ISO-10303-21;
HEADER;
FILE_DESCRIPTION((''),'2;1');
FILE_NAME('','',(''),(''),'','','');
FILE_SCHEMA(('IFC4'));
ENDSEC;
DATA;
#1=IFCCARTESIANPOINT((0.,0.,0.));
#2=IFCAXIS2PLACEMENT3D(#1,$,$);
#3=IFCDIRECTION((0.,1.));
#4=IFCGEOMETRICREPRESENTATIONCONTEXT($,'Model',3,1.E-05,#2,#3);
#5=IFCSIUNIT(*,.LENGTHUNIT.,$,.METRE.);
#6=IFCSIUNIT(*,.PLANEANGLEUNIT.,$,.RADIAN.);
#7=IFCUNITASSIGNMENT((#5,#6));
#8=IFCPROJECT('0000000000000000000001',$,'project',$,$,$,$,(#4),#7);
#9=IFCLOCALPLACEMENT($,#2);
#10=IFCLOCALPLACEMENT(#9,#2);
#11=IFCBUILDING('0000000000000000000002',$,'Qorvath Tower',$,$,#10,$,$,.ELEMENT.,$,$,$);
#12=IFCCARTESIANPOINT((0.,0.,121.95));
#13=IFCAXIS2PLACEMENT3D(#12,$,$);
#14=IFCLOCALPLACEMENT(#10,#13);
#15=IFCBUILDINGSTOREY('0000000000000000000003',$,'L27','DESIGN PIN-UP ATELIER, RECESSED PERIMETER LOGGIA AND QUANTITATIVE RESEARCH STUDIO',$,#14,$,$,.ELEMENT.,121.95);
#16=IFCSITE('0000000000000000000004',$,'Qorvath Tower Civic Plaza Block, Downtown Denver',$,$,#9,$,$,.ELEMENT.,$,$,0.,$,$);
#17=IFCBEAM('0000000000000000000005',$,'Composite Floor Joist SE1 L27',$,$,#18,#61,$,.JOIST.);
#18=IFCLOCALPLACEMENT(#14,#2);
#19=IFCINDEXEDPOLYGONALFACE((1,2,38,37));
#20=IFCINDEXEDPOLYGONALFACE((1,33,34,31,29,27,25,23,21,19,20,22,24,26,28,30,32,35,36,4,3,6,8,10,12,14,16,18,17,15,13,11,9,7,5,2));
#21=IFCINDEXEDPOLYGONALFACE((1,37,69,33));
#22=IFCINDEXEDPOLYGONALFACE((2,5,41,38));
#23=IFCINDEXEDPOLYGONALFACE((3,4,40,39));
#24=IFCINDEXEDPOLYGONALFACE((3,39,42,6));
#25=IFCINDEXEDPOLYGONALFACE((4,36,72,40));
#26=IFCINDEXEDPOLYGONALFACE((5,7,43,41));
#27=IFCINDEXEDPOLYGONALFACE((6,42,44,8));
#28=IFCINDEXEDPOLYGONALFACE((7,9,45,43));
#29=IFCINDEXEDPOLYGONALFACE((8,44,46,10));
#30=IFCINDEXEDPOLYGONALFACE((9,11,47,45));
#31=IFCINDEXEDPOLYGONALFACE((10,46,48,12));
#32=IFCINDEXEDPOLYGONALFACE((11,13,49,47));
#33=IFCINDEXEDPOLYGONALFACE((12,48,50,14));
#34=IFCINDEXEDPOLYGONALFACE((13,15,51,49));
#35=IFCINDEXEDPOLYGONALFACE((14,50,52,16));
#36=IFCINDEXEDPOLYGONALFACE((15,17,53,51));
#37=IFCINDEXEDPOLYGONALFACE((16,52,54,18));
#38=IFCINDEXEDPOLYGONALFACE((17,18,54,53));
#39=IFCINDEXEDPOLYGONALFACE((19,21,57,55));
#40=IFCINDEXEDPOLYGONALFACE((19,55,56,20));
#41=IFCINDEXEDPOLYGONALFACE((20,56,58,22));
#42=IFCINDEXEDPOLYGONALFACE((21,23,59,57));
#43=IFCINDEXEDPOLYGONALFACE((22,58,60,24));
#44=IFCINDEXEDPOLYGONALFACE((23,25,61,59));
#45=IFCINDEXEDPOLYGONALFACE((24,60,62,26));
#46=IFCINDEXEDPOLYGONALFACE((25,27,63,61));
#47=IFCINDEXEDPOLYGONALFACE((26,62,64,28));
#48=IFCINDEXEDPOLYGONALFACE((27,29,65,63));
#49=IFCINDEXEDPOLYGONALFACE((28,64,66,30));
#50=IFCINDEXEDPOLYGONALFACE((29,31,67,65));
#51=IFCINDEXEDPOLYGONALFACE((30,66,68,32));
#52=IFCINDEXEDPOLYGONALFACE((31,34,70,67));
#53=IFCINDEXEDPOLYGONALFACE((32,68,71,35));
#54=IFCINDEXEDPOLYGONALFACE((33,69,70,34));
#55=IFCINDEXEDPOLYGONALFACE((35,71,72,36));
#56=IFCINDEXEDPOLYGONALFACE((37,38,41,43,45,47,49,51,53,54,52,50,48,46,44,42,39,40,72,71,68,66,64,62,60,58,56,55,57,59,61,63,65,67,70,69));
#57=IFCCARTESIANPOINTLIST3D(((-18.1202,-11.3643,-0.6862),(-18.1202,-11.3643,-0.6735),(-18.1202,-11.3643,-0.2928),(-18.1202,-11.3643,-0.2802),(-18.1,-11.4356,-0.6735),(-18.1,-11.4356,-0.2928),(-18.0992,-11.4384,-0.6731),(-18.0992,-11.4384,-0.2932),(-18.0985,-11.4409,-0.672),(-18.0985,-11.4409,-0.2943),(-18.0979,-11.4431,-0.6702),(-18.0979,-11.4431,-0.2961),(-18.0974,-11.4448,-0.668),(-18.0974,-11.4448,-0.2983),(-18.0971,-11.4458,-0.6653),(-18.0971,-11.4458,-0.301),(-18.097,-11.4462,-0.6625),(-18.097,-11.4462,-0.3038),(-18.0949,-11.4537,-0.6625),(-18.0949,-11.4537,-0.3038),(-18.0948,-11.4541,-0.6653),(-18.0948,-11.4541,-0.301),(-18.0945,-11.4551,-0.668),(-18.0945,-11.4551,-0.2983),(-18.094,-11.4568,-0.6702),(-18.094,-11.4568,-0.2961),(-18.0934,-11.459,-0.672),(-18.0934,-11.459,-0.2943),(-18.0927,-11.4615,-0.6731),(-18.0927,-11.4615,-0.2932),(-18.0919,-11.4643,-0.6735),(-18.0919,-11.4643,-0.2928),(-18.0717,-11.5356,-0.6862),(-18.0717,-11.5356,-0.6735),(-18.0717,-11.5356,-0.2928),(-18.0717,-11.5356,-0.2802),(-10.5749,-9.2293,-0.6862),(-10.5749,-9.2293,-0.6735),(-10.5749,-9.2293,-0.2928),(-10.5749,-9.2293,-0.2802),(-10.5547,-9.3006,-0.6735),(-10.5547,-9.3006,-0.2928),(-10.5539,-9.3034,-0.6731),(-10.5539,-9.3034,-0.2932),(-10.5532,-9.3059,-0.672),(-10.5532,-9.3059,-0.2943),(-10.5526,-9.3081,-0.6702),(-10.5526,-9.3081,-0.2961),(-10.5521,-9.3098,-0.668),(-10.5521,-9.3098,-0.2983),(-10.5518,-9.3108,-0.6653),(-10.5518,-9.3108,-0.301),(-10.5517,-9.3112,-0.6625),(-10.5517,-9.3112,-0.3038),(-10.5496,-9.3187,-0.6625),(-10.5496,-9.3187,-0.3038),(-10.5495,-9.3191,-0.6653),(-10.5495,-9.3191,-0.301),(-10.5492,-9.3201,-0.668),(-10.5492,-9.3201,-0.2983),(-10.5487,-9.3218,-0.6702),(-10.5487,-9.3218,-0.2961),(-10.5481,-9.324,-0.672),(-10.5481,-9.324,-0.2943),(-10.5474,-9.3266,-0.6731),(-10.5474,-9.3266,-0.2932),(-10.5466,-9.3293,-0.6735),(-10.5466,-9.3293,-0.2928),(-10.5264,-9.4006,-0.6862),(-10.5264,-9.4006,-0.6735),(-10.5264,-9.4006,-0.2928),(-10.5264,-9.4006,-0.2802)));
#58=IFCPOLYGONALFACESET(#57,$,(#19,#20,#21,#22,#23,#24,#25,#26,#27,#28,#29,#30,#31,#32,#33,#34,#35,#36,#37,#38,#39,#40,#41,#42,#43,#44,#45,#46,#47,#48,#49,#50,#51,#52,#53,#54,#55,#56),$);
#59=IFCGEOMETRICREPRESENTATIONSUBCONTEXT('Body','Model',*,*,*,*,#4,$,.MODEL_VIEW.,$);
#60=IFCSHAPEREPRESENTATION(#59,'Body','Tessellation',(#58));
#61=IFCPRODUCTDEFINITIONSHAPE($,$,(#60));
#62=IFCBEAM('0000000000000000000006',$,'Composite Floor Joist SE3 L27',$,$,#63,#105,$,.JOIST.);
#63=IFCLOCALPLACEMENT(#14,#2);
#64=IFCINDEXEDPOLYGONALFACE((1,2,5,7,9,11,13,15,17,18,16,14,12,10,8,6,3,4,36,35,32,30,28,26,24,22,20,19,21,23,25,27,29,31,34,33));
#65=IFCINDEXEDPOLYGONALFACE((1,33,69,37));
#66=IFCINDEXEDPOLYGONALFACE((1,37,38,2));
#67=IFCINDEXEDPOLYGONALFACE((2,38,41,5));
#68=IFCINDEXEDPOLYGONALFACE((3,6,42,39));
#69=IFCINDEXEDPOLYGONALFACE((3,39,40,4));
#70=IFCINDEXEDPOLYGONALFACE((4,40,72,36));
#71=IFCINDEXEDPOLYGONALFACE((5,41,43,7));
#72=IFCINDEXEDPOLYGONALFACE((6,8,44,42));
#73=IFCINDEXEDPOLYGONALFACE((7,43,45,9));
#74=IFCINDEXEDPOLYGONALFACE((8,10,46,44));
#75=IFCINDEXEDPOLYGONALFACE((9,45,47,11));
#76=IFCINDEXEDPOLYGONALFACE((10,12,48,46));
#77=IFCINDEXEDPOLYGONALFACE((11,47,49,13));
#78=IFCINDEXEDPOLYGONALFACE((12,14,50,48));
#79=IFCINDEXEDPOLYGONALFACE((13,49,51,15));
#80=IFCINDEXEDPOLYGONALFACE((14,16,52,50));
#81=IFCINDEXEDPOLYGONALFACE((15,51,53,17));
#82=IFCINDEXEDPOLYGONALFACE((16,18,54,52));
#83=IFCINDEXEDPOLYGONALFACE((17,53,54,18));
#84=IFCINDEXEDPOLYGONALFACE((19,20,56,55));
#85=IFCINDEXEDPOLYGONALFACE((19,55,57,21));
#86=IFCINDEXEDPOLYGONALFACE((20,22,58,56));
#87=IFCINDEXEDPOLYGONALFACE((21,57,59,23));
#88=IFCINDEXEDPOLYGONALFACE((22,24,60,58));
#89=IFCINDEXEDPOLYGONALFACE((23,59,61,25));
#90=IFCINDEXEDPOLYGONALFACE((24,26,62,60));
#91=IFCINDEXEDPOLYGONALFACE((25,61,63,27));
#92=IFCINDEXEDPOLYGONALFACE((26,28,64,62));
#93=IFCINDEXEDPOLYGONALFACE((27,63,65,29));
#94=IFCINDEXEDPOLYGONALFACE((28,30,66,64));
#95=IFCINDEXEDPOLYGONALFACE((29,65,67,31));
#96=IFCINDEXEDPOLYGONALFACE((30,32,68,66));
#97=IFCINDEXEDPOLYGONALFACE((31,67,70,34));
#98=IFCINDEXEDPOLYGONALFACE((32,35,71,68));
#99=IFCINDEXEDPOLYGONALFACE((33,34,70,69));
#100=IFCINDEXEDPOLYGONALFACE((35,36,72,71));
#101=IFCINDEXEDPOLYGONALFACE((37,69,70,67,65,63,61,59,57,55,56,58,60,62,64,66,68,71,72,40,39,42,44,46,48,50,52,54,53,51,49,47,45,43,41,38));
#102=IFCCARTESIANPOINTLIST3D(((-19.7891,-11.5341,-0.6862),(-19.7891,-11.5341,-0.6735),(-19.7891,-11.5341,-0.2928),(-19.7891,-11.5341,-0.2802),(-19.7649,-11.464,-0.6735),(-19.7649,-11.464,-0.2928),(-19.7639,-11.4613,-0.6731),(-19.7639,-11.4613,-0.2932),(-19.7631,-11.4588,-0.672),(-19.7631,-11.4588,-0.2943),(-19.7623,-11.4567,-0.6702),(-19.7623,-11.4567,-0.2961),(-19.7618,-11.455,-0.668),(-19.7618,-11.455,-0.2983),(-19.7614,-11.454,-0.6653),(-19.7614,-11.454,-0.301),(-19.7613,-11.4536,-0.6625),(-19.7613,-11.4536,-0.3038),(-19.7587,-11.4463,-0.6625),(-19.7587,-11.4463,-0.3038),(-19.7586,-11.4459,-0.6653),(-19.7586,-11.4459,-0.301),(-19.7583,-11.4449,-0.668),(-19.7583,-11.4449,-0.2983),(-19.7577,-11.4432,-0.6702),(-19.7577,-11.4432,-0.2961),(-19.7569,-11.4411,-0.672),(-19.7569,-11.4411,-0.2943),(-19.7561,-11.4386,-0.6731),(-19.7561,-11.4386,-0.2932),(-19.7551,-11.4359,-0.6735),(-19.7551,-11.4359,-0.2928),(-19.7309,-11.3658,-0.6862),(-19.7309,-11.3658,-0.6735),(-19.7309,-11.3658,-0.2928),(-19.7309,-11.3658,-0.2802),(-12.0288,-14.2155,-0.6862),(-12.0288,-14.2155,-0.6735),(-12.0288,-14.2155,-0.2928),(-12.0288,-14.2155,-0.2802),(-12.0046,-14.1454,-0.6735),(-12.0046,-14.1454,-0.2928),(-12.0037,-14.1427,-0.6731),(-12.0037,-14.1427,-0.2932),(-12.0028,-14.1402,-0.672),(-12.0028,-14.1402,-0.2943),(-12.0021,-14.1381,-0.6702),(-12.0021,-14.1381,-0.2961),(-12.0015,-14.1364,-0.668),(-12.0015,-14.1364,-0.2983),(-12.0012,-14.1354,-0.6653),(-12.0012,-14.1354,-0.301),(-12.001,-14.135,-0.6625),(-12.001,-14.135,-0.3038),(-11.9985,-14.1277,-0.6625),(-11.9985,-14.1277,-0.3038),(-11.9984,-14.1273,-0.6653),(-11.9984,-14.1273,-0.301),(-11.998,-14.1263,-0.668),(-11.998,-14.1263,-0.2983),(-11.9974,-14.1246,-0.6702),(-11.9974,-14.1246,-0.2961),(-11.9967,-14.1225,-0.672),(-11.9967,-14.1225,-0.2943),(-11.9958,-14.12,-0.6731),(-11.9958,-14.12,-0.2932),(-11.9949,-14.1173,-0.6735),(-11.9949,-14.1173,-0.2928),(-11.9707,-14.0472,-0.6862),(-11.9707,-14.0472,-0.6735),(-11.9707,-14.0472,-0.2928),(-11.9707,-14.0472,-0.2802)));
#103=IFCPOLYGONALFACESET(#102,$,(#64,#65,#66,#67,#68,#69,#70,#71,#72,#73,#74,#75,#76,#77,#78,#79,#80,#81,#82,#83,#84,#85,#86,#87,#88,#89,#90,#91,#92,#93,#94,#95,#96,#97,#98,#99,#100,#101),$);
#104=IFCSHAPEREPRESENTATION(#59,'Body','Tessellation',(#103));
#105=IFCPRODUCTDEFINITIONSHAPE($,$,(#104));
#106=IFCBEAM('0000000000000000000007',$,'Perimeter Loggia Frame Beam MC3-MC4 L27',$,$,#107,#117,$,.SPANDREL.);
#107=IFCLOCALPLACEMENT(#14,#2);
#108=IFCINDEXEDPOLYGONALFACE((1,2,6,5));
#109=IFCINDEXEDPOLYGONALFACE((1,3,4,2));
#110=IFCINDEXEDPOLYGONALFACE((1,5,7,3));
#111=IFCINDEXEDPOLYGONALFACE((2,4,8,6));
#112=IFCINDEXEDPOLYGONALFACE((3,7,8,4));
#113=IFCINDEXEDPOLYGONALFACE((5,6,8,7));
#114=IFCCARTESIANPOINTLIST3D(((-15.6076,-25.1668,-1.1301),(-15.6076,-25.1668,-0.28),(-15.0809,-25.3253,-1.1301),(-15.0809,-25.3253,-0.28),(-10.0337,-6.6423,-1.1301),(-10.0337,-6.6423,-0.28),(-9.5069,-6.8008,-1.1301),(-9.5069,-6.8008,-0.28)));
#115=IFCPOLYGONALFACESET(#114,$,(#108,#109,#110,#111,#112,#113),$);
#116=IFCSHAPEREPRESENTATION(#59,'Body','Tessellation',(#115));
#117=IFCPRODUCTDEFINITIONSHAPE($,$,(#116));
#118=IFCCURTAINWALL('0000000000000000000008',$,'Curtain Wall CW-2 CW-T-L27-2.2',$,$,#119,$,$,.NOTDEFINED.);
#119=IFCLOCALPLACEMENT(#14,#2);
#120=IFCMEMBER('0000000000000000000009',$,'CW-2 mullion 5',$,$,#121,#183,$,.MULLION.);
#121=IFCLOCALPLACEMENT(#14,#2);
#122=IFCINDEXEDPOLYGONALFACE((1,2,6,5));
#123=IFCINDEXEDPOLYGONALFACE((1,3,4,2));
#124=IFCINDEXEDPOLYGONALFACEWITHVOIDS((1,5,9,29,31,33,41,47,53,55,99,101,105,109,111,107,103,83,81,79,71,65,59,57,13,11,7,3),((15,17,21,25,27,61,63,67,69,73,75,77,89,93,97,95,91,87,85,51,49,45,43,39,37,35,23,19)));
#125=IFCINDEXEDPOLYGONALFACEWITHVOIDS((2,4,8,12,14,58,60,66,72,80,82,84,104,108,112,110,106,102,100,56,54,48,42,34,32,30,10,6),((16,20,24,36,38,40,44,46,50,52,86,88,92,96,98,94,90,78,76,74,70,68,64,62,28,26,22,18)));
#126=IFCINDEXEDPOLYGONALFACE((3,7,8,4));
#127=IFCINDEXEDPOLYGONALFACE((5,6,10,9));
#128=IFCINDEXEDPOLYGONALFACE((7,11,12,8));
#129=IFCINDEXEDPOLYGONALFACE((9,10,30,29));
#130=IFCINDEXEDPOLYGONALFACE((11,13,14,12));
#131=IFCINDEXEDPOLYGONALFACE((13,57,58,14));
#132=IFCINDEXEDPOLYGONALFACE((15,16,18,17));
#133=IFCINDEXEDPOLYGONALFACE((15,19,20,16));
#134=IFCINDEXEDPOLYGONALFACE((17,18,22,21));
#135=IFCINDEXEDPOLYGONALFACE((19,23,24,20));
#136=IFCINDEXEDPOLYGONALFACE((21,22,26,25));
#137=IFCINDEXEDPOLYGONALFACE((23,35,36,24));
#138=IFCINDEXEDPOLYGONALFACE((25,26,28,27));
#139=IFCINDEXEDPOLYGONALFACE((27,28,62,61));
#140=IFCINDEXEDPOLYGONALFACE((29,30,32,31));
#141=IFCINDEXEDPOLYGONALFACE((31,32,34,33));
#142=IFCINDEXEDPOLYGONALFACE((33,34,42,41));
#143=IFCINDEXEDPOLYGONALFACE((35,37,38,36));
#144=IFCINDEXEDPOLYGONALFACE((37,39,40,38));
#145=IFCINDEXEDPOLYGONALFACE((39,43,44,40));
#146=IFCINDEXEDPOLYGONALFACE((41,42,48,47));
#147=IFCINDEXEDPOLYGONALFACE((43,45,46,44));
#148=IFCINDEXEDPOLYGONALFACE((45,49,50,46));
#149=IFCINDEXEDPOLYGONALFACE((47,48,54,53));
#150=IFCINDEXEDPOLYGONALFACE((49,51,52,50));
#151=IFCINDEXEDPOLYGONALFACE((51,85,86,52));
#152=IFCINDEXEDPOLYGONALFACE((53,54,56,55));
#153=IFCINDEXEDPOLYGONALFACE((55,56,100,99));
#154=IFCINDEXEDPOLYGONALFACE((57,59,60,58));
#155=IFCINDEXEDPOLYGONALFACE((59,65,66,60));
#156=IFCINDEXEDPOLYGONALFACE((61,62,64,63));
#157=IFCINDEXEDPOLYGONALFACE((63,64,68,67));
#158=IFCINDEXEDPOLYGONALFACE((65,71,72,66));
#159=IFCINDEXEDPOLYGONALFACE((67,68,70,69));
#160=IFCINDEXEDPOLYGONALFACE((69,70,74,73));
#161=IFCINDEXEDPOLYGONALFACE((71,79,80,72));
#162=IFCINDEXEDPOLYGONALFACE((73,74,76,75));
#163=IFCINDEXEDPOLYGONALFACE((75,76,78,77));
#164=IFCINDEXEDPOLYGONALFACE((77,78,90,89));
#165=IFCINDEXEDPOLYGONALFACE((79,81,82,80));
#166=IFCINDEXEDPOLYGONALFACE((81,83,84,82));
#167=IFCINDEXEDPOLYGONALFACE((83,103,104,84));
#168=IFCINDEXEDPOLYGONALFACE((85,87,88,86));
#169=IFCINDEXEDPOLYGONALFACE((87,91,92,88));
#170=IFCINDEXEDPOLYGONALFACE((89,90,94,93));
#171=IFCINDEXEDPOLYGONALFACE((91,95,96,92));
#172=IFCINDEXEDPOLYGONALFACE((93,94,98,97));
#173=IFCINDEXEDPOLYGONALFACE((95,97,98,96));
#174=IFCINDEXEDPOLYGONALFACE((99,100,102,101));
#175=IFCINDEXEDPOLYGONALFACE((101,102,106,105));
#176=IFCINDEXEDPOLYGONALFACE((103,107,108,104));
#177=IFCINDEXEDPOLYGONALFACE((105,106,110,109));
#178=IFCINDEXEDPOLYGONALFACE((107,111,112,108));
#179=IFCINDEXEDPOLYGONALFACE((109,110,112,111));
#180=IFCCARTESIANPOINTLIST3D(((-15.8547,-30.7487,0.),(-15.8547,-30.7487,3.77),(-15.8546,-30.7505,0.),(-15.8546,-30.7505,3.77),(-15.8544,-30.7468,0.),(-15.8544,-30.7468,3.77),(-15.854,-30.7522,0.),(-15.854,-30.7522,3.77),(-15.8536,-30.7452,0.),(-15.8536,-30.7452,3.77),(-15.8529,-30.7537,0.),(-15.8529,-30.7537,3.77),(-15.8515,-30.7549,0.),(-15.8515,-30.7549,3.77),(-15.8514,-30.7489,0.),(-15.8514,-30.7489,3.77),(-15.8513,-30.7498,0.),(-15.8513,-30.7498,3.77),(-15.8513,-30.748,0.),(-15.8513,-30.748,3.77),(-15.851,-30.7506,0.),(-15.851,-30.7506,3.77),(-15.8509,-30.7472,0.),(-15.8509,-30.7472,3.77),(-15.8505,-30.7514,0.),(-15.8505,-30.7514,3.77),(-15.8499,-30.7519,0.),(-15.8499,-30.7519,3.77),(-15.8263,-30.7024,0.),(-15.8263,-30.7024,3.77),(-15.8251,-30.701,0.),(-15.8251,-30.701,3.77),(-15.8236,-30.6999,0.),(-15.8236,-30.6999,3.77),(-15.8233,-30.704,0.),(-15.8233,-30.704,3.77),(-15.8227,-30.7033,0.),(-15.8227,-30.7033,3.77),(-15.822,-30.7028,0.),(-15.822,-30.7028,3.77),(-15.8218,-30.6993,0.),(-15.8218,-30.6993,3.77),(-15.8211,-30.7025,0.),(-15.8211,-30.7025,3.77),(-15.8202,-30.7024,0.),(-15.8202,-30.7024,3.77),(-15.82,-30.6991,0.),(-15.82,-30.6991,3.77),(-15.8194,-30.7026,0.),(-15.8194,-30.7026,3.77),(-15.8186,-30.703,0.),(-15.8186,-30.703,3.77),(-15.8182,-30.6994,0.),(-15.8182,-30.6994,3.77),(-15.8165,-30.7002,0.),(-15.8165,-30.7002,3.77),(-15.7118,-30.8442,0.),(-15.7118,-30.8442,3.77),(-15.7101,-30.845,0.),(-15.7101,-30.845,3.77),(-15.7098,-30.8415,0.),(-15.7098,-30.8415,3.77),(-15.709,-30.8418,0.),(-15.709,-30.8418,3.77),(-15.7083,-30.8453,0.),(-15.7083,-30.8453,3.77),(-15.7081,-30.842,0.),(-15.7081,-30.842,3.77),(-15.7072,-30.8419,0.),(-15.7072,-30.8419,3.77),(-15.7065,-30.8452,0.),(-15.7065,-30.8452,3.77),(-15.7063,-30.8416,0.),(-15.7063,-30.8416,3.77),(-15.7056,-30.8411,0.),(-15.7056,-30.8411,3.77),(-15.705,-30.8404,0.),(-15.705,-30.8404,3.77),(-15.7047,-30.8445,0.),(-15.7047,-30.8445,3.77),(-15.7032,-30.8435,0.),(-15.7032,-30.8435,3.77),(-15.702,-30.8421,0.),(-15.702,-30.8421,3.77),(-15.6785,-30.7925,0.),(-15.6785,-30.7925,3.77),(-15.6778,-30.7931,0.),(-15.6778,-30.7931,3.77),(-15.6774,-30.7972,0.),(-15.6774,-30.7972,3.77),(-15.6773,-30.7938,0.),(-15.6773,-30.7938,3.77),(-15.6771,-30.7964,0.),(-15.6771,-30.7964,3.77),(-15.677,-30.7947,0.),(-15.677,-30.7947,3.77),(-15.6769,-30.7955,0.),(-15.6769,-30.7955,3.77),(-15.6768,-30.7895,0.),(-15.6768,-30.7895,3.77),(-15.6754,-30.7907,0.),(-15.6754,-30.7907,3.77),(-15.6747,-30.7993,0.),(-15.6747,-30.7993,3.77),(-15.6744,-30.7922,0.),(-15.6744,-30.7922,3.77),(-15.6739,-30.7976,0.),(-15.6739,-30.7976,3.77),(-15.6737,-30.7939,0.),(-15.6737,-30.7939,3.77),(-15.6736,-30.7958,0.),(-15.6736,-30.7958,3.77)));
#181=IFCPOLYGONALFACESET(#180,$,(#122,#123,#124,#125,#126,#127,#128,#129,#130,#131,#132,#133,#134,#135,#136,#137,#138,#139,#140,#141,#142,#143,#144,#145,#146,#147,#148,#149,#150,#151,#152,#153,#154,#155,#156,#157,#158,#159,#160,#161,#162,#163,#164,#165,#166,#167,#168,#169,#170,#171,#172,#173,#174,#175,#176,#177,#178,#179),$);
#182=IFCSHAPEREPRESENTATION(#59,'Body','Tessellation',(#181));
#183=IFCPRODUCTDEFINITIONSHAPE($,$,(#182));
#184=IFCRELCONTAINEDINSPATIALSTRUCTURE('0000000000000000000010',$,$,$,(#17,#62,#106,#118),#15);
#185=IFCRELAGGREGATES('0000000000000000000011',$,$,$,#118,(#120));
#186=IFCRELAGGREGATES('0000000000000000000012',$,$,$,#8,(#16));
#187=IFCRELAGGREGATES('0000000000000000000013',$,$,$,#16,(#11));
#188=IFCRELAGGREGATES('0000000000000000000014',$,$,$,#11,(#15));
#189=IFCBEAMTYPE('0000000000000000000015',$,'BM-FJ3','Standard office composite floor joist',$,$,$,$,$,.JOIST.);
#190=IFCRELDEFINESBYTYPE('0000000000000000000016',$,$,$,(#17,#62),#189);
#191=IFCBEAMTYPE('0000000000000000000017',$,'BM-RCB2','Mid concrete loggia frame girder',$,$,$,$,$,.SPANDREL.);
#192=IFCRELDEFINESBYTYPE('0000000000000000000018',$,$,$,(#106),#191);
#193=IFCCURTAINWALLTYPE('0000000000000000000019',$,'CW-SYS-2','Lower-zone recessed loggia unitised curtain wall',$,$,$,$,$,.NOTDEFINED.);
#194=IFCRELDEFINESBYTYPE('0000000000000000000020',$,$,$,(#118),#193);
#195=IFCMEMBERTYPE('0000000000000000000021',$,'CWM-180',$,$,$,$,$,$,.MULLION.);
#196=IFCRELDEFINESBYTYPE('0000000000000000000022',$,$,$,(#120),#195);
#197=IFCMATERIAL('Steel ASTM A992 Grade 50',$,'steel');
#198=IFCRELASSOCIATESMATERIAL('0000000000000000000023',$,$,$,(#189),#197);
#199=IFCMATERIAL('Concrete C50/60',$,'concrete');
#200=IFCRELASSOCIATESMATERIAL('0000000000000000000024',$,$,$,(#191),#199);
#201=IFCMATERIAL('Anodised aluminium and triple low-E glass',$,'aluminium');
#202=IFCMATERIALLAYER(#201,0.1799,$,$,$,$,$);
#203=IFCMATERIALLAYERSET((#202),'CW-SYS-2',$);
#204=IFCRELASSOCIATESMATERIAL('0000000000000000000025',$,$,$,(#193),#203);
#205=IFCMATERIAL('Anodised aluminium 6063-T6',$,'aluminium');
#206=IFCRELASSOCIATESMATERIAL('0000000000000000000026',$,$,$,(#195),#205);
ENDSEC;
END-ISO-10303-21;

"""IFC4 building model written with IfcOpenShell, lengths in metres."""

from ifc_helpers import new_model, si_unit, direction, frame, origin, origin_2d, place, context, subcontext, project, spatial, rectangle, hollow_rectangle, i_section, extrude, material, layer, layer_set, material_profile, profile_set, type_object, element, aggregate, save


model = new_model("IFC4")

# Units and contexts
model_context = context("Model", 3, precision=1e-05, world=origin(), true_north=direction((0.0, 1.0)))
body_context = subcontext(model_context, "Body", "Model", "MODEL_VIEW")
ifc_project = project(units=[si_unit("LENGTHUNIT", "METRE"), si_unit("PLANEANGLEUNIT", "RADIAN")], contexts=[model_context])

# Site, building, storey
site_placement = place(None, origin())
site = spatial("IfcSite", under=ifc_project, at=site_placement, Name="Qorvath Tower Civic Plaza Block, Downtown Denver", CompositionType="ELEMENT", RefElevation=0.0)
building_placement = place(site_placement, origin())
building = spatial("IfcBuilding", under=site, at=building_placement, Name="Qorvath Tower", CompositionType="ELEMENT")
storey_placement = place(building_placement, frame((0.0, 0.0, 121.95)))
storey = spatial("IfcBuildingStorey", under=building, at=storey_placement, Name="L27", Description="DESIGN PIN-UP ATELIER, RECESSED PERIMETER LOGGIA AND QUANTITATIVE RESEARCH STUDIO", CompositionType="ELEMENT", Elevation=121.95)

# Beams
ifc_material_1 = material(Name="Steel ASTM A992 Grade 50", Category="steel")
ifc_material_profile_1 = material_profile(ifc_material_1, i_section(OverallWidth=0.178, OverallDepth=0.406, WebThickness=0.0078, FlangeThickness=0.0127, FilletRadius=0.011, at=origin_2d()), Name="W16x40")
ifc_profile_set_1 = profile_set([ifc_material_profile_1], Name="Steel ASTM A992 Grade 50")
beam_type_1 = type_object("IfcBeamType", Name="BM-FJ3", Description="Standard office composite floor joist", PredefinedType="JOIST", material=ifc_profile_set_1)
beam_1_placement = place(storey_placement, frame((-18.0959, -11.45, -0.4832), z_axis=(0.962222, 0.272265, 0.0), x_axis=(-0.272265, 0.962222, 0.0)))
element("IfcBeam", 1, at=beam_1_placement, inside=storey, type_object=beam_type_1, Name="Composite Floor Joist SE1 L27", PredefinedType="JOIST", context=body_context, shape_type="SweptSolid", body=[
    extrude(i_section(OverallWidth=0.178, OverallDepth=0.406, WebThickness=0.0078, FlangeThickness=0.0127, FilletRadius=0.011, at=origin_2d()), origin(), (0.0, 0.0, 1.0), 7.8416),
])
beam_2_placement = place(storey_placement, frame((-19.76, -11.45, -0.4832), z_axis=(0.945168, -0.326584, 0.0), x_axis=(0.326584, 0.945168, 0.0)))
element("IfcBeam", 2, at=beam_2_placement, inside=storey, type_object=beam_type_1, Name="Composite Floor Joist SE3 L27", PredefinedType="JOIST", context=body_context, shape_type="SweptSolid", body=[
    extrude(i_section(OverallWidth=0.178, OverallDepth=0.406, WebThickness=0.0078, FlangeThickness=0.0127, FilletRadius=0.011, at=origin_2d()), origin(), (0.0, 0.0, 1.0), 8.2104),
])
ifc_material_2 = material(Name="Concrete C50/60", Category="concrete")
ifc_material_profile_2 = material_profile(ifc_material_2, rectangle(XDim=0.55, YDim=0.8501, at=origin_2d()), Name="RCB 850x550")
ifc_profile_set_2 = profile_set([ifc_material_profile_2], Name="Concrete C50/60")
beam_type_2 = type_object("IfcBeamType", Name="BM-RCB2", Description="Mid concrete loggia frame girder", PredefinedType="SPANDREL", material=ifc_profile_set_2)
beam_3_placement = place(storey_placement, frame((-15.3442, -25.2461, -0.7051), z_axis=(0.288134, 0.95759, 0.0), x_axis=(-0.95759, 0.288134, 0.0)))
element("IfcBeam", 3, at=beam_3_placement, inside=storey, type_object=beam_type_2, Name="Perimeter Loggia Frame Beam MC3-MC4 L27", PredefinedType="SPANDREL", context=body_context, shape_type="SweptSolid", body=[
    extrude(rectangle(XDim=0.55, YDim=0.8501, at=origin_2d()), origin(), (0.0, 0.0, 1.0), 19.345),
])

# Curtain wall, member
ifc_material_3 = material(Name="Anodised aluminium and triple low-E glass", Category="aluminium")
ifc_layer_1 = layer(ifc_material_3, 0.1799)
ifc_layer_set_1 = layer_set([ifc_layer_1], Name="CW-SYS-2")
curtain_wall_type = type_object("IfcCurtainWallType", Name="CW-SYS-2", Description="Lower-zone recessed loggia unitised curtain wall", PredefinedType="NOTDEFINED", material=ifc_layer_set_1)
curtain_wall_1_placement = place(storey_placement, origin())
curtain_wall_1 = element("IfcCurtainWall", 4, at=curtain_wall_1_placement, inside=storey, type_object=curtain_wall_type, Name="Curtain Wall CW-2 CW-T-L27-2.2", PredefinedType="NOTDEFINED")
ifc_material_4 = material(Name="Anodised aluminium 6063-T6", Category="aluminium")
ifc_material_profile_3 = material_profile(ifc_material_4, hollow_rectangle(XDim=0.0649, YDim=0.1799, WallThickness=0.0034, InnerFilletRadius=0.0034, OuterFilletRadius=0.0071, at=origin_2d()), Name="CWM 180x65")
ifc_profile_set_3 = profile_set([ifc_material_profile_3], Name="Anodised aluminium 6063-T6")
member_type_1 = type_object("IfcMemberType", Name="CWM-180", PredefinedType="MULLION", material=ifc_profile_set_3)
member_1_placement = place(storey_placement, frame((-15.7642, -30.7722, 0.0), z_axis=(0.0, 0.0, 1.0), x_axis=(0.538536, 0.842602, 0.0)))
member_1 = element("IfcMember", 5, at=member_1_placement, type_object=member_type_1, Name="CW-2 mullion 5", PredefinedType="MULLION", context=body_context, shape_type="SweptSolid", body=[
    extrude(hollow_rectangle(XDim=0.0649, YDim=0.1799, WallThickness=0.0034, InnerFilletRadius=0.0034, OuterFilletRadius=0.0071, at=origin_2d()), origin(), (0.0, 0.0, 1.0), 3.77),
])

aggregate(curtain_wall_1, [member_1])

save(model, "model.ifc")
